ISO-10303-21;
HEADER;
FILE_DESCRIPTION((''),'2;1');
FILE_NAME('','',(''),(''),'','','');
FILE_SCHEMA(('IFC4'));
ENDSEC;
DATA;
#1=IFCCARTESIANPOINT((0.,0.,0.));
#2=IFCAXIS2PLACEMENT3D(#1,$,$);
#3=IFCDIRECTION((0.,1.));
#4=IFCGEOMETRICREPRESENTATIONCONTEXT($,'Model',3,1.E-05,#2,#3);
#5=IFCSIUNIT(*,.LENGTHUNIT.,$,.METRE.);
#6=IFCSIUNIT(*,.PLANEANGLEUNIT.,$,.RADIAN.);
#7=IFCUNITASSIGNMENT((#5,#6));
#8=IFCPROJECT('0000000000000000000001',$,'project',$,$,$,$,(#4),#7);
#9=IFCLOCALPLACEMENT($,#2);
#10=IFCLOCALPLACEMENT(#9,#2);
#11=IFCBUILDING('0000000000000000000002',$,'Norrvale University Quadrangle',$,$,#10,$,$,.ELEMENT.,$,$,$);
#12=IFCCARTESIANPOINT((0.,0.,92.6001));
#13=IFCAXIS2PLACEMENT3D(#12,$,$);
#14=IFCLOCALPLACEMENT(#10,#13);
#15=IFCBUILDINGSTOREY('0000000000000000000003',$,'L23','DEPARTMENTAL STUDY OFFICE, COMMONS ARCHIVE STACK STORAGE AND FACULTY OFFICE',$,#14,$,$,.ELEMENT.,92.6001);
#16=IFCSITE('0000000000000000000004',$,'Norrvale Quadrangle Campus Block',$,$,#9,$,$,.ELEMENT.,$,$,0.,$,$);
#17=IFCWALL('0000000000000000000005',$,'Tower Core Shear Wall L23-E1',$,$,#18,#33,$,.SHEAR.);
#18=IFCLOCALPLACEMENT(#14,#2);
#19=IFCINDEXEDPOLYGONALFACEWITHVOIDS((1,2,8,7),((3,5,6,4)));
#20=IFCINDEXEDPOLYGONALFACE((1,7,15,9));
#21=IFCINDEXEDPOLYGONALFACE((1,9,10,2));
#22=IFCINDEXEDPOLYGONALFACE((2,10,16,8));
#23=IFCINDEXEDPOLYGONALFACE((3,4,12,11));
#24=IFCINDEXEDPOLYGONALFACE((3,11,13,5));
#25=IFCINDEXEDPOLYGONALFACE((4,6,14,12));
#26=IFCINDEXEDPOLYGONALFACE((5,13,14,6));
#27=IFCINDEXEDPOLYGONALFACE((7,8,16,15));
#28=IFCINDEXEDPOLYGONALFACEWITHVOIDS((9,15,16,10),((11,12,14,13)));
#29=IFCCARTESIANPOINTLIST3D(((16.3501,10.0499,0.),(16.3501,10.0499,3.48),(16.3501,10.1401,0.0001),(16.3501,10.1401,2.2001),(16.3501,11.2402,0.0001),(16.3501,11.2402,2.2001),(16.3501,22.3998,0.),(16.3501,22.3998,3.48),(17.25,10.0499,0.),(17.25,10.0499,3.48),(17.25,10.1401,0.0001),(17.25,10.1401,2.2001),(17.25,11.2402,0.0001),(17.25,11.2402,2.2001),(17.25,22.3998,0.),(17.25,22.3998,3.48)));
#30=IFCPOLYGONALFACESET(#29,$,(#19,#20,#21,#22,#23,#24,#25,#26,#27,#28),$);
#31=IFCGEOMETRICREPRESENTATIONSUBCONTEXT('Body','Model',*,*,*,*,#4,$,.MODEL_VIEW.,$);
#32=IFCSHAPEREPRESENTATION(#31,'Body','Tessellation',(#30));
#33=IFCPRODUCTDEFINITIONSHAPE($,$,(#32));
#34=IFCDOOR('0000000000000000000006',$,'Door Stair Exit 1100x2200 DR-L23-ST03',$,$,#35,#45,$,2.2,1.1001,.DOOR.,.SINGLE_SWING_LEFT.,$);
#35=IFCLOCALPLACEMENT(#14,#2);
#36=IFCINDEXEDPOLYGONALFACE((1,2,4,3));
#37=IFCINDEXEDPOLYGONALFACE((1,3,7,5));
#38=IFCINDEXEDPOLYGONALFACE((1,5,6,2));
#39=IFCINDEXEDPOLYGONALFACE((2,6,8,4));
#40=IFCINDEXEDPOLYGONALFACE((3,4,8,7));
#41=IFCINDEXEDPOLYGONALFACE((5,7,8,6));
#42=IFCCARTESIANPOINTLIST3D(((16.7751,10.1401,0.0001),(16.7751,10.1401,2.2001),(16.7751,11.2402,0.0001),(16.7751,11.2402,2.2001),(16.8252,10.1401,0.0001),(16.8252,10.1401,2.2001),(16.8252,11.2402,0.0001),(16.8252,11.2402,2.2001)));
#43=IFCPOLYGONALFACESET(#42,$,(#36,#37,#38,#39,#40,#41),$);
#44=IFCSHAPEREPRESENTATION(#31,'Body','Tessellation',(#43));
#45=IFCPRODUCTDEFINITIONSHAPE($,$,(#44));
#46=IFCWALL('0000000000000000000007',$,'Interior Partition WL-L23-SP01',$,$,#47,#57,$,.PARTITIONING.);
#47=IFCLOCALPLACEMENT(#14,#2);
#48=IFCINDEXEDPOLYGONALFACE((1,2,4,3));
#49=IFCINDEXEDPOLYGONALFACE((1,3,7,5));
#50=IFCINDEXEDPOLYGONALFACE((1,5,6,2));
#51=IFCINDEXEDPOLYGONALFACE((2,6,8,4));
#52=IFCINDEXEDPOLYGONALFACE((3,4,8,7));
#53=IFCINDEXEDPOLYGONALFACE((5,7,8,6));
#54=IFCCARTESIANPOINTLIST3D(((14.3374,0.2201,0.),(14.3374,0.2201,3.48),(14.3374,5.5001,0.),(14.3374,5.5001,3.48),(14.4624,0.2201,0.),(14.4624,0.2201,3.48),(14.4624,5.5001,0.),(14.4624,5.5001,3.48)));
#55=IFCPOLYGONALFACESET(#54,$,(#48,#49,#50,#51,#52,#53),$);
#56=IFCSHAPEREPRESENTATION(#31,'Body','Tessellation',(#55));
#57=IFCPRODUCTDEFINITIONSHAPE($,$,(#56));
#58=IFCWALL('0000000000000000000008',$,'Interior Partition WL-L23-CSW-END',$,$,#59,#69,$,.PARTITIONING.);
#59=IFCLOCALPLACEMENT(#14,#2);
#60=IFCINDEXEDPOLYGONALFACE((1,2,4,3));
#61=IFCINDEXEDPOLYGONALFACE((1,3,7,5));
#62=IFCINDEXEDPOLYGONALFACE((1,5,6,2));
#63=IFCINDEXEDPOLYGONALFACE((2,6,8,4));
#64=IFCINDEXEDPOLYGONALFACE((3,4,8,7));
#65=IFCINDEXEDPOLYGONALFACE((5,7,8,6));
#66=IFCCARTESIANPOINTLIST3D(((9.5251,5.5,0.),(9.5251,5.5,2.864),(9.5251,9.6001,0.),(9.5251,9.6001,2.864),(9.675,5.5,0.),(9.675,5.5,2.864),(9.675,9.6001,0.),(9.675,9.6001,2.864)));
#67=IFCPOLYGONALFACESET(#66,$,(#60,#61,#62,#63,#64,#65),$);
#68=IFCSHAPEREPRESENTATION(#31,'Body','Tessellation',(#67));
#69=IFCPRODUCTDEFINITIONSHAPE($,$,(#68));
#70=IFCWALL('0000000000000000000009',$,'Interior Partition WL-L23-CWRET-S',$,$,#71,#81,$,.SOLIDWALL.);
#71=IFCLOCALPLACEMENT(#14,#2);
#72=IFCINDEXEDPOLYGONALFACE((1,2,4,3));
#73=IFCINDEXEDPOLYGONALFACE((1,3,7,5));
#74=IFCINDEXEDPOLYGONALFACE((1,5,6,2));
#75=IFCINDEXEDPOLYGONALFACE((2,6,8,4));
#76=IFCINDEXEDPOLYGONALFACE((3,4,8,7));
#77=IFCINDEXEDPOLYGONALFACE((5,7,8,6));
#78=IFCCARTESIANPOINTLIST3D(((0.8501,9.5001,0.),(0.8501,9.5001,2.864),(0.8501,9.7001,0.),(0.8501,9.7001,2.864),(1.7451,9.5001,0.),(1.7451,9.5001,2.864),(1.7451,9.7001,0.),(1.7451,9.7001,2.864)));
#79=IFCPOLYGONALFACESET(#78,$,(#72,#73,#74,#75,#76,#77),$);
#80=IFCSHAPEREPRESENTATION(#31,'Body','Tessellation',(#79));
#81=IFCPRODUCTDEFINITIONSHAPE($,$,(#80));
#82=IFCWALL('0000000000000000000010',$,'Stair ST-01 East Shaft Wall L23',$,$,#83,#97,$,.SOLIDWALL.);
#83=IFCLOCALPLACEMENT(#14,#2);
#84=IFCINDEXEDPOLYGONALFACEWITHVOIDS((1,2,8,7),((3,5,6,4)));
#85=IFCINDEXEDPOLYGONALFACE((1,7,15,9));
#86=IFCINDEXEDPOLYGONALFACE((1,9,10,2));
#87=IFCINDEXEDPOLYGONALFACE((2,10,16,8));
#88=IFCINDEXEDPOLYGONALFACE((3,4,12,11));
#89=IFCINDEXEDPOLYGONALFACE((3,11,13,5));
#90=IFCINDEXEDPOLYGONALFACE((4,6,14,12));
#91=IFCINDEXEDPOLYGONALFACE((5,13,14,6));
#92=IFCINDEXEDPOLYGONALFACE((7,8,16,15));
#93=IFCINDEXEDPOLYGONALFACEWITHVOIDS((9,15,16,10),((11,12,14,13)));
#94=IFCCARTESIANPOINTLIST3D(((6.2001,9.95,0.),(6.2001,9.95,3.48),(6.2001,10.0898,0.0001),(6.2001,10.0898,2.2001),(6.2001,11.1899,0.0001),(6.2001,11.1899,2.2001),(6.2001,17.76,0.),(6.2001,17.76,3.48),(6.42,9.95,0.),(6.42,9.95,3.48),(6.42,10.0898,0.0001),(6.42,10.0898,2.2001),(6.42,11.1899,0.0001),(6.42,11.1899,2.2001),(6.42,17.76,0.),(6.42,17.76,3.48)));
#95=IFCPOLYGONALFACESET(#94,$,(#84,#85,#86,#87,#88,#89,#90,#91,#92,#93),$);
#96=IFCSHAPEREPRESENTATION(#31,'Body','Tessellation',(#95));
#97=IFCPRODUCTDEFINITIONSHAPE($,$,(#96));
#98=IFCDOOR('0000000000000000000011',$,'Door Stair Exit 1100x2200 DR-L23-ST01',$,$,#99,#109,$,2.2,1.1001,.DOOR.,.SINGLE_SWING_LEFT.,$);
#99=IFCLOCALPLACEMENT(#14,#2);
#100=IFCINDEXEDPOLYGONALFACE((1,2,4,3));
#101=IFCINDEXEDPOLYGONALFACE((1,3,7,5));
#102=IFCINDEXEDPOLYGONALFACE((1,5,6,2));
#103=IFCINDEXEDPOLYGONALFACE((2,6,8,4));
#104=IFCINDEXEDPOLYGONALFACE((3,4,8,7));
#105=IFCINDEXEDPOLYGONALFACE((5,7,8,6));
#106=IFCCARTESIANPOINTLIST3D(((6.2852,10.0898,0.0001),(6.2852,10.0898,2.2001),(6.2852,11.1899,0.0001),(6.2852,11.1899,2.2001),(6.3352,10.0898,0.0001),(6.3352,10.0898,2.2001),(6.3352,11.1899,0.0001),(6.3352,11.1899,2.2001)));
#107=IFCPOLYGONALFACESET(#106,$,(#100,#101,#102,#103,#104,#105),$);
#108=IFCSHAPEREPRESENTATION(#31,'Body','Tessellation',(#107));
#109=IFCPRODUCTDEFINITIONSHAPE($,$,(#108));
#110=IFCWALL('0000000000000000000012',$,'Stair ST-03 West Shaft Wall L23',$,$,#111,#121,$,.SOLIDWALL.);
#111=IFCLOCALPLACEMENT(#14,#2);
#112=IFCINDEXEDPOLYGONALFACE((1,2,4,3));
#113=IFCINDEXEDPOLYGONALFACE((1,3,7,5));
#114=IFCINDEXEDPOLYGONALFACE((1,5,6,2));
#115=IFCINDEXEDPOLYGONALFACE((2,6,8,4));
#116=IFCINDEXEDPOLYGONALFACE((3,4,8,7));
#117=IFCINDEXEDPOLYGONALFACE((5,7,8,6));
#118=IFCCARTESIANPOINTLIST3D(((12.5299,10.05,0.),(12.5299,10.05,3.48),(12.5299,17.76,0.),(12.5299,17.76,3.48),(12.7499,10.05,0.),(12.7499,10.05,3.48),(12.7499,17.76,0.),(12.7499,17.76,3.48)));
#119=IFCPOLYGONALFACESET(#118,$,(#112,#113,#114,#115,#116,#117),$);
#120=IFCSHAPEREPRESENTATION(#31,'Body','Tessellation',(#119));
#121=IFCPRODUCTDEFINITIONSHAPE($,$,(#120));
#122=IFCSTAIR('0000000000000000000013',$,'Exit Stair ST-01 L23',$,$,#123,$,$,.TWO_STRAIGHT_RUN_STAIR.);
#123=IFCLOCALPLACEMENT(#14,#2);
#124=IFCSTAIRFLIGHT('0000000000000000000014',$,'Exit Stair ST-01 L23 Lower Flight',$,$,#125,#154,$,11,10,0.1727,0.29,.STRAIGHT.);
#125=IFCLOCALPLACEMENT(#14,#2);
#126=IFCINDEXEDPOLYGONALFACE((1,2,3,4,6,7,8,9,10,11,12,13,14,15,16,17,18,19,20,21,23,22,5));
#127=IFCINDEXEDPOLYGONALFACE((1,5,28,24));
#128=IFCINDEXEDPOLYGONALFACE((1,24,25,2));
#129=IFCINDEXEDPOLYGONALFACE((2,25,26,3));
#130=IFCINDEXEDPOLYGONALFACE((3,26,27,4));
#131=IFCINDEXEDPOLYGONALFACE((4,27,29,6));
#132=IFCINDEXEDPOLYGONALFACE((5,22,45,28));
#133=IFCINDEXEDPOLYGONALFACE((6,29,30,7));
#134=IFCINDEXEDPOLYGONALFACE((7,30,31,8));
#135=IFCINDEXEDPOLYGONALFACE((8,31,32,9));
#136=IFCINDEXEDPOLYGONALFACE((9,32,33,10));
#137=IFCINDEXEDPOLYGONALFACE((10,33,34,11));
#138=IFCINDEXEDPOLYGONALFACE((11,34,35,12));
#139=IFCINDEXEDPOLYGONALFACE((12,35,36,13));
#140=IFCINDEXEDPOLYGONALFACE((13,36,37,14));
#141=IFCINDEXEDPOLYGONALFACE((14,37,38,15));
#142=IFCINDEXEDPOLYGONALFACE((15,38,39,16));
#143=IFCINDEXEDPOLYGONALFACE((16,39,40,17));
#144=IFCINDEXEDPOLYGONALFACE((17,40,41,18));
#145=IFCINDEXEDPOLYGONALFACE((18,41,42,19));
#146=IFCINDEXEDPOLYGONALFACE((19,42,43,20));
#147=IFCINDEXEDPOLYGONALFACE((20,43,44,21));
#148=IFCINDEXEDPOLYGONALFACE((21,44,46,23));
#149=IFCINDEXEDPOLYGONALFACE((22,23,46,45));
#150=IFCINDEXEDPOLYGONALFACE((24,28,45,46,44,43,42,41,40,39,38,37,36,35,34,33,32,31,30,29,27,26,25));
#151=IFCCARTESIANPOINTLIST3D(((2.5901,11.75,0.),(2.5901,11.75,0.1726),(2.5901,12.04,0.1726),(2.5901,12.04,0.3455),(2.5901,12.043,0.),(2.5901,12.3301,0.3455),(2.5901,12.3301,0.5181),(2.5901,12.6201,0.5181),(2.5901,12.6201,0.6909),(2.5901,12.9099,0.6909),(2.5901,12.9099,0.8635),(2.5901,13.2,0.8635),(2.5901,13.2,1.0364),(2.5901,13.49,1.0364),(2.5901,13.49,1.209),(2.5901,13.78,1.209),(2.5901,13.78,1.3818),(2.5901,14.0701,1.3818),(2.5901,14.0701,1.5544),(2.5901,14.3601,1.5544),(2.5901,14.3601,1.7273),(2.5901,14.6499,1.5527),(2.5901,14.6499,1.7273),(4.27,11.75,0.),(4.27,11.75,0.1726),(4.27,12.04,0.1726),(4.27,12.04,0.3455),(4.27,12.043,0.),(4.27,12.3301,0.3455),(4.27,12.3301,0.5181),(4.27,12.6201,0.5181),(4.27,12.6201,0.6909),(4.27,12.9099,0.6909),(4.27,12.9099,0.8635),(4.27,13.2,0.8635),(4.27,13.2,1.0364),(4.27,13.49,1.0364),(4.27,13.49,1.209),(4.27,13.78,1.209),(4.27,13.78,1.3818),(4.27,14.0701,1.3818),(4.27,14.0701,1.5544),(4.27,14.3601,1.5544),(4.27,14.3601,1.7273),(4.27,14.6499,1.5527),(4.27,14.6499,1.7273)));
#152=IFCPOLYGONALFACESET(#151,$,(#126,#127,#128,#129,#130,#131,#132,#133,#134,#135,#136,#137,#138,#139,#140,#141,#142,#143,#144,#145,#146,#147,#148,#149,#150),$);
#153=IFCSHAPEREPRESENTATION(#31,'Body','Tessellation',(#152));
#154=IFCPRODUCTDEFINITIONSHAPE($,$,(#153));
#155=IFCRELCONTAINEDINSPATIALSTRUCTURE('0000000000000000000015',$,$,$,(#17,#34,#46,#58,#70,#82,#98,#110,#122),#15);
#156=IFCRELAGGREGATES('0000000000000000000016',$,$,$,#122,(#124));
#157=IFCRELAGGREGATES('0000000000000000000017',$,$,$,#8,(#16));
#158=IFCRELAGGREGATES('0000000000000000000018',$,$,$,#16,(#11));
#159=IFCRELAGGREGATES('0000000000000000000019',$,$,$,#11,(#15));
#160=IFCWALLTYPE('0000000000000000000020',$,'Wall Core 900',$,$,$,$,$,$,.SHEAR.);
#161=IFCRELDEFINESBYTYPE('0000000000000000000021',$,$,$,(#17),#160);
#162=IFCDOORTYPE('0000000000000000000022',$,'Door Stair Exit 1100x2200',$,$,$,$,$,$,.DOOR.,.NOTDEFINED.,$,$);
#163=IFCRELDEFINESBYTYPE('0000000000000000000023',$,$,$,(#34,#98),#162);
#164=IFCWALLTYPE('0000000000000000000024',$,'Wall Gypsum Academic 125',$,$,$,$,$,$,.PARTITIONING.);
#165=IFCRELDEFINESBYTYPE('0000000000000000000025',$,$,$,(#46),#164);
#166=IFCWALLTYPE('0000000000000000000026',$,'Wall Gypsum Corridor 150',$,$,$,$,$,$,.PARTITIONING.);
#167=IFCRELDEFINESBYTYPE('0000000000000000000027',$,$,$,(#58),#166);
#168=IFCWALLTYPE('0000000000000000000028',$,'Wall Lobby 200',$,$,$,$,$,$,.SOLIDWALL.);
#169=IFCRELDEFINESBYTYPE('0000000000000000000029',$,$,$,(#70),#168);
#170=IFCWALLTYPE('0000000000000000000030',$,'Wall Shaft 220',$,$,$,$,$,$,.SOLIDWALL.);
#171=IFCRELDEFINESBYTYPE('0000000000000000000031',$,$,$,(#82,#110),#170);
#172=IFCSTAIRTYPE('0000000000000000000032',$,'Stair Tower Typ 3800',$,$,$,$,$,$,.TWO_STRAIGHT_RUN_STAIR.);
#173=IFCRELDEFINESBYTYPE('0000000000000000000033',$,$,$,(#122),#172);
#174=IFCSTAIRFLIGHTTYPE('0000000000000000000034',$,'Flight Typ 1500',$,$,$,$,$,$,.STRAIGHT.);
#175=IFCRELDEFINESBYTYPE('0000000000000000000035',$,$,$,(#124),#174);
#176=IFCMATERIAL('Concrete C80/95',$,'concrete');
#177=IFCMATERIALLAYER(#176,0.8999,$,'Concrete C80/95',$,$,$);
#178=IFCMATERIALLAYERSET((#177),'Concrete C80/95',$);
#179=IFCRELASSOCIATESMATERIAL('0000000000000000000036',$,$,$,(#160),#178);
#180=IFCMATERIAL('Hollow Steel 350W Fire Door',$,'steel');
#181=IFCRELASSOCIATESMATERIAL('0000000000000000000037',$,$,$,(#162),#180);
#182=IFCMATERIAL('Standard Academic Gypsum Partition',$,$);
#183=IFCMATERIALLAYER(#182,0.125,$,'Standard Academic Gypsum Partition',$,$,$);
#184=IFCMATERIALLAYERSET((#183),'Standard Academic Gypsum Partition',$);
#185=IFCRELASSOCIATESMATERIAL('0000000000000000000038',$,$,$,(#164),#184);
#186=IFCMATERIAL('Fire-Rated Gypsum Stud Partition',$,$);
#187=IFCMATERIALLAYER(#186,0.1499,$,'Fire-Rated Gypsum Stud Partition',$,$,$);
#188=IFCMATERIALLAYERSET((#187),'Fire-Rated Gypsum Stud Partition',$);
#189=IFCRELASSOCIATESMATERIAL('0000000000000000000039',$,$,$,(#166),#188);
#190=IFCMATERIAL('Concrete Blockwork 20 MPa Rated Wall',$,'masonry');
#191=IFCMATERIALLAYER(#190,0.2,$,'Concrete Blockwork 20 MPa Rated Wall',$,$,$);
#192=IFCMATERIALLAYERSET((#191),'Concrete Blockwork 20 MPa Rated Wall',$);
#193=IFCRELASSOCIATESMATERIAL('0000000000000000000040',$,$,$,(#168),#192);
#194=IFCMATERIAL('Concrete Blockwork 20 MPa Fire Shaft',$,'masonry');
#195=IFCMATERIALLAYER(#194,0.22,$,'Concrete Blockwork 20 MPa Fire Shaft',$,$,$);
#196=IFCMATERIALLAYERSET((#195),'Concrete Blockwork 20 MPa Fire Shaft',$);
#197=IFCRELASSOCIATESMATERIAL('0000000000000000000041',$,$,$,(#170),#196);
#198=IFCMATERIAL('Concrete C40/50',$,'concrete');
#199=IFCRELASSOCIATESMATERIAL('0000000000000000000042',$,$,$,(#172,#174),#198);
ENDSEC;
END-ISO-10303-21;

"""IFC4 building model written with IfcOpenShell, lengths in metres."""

from ifc_helpers import new_model, si_unit, direction, frame, frame_2d, origin, place, context, subcontext, project, spatial, polyline, rectangle, outline, extrude, material, layer, layer_set, type_object, element, fill, aggregate, save


model = new_model("IFC4")

# Units and contexts
model_context = context("Model", 3, precision=1e-05, world=origin(), true_north=direction((0.0, 1.0)))
body_context = subcontext(model_context, "Body", "Model", "MODEL_VIEW")
ifc_project = project(units=[si_unit("LENGTHUNIT", "METRE"), si_unit("PLANEANGLEUNIT", "RADIAN")], contexts=[model_context])

# Site, building, storey
site_placement = place(None, origin())
site = spatial("IfcSite", under=ifc_project, at=site_placement, Name="Norrvale Quadrangle Campus Block", CompositionType="ELEMENT", RefElevation=0.0)
building_placement = place(site_placement, origin())
building = spatial("IfcBuilding", under=site, at=building_placement, Name="Norrvale University Quadrangle", CompositionType="ELEMENT")
storey_placement = place(building_placement, frame((0.0, 0.0, 92.6001)))
storey = spatial("IfcBuildingStorey", under=building, at=storey_placement, Name="L23", Description="DEPARTMENTAL STUDY OFFICE, COMMONS ARCHIVE STACK STORAGE AND FACULTY OFFICE", CompositionType="ELEMENT", Elevation=92.6001)

# Shared definitions
ifc_material_1 = material(Name="Concrete C80/95", Category="concrete")

# Shared definitions
ifc_layer_1 = layer(ifc_material_1, 0.8999, Name="Concrete C80/95")
ifc_layer_set_1 = layer_set([ifc_layer_1], Name="Concrete C80/95")
wall_type_1 = type_object("IfcWallType", Name="Wall Core 900", PredefinedType="SHEAR", material=ifc_layer_set_1)

# Wall, opening, door
wall_1_placement = place(storey_placement, frame((16.8, 10.05, 0.0), z_axis=(0.0, 0.0, 1.0), x_axis=(0.0, 1.0, 0.0)))
wall_1 = element("IfcWall", 1, at=wall_1_placement, inside=storey, type_object=wall_type_1, Name="Tower Core Shear Wall L23-E1", PredefinedType="SHEAR", context=body_context, shape_type="SweptSolid", body=[
    extrude(rectangle(XDim=12.3499, YDim=0.8999, at=frame_2d((6.1748, 0.0))), origin(), (0.0, 0.0, 1.0), 3.48),
])
opening_1_placement = place(wall_1_placement, frame((0.0901, 0.0, 0.0)))
opening_1 = element("IfcOpeningElement", 2, at=opening_1_placement, cuts=wall_1, PredefinedType="OPENING", context=body_context, shape_type="SweptSolid", body=[
    extrude(rectangle(XDim=1.1001, YDim=2.2, at=frame_2d((0.55, 1.1001))), frame((0.0, 0.4619, 0.0), z_axis=(0.0, -1.0, 0.0), x_axis=(1.0, 0.0, 0.0)), (0.0, 0.0, 1.0), 0.9238),
])
ifc_material_2 = material(Name="Hollow Steel 350W Fire Door", Category="steel")
door_type = type_object("IfcDoorType", Name="Door Stair Exit 1100x2200", OperationType="NOTDEFINED", PredefinedType="DOOR", material=ifc_material_2)
door_1_placement = place(opening_1_placement, origin())
door_1 = element("IfcDoor", 3, at=door_1_placement, inside=storey, type_object=door_type, Name="Door Stair Exit 1100x2200 DR-L23-ST03", OperationType="SINGLE_SWING_LEFT", OverallHeight=2.2, OverallWidth=1.1001, PredefinedType="DOOR", context=body_context, shape_type="SweptSolid", body=[
    extrude(rectangle(XDim=1.1001, YDim=2.2, at=frame_2d((0.55, 1.1001))), frame((0.0, 0.0249, 0.0), z_axis=(0.0, -1.0, 0.0), x_axis=(1.0, 0.0, 0.0)), (0.0, 0.0, 1.0), 0.05),
])
fill(opening_1, door_1)

# Walls
ifc_material_3 = material(Name="Standard Academic Gypsum Partition")
ifc_layer_2 = layer(ifc_material_3, 0.125, Name="Standard Academic Gypsum Partition")
ifc_layer_set_2 = layer_set([ifc_layer_2], Name="Standard Academic Gypsum Partition")
wall_type_2 = type_object("IfcWallType", Name="Wall Gypsum Academic 125", PredefinedType="PARTITIONING", material=ifc_layer_set_2)
wall_2_placement = place(storey_placement, frame((14.3999, 0.22, 0.0), z_axis=(0.0, 0.0, 1.0), x_axis=(0.0, 1.0, 0.0)))
element("IfcWall", 4, at=wall_2_placement, inside=storey, type_object=wall_type_2, Name="Interior Partition WL-L23-SP01", PredefinedType="PARTITIONING", context=body_context, shape_type="SweptSolid", body=[
    extrude(rectangle(XDim=5.28, YDim=0.125, at=frame_2d((2.6401, 0.0))), origin(), (0.0, 0.0, 1.0), 3.48),
])
ifc_material_4 = material(Name="Fire-Rated Gypsum Stud Partition")
ifc_layer_3 = layer(ifc_material_4, 0.1499, Name="Fire-Rated Gypsum Stud Partition")
ifc_layer_set_3 = layer_set([ifc_layer_3], Name="Fire-Rated Gypsum Stud Partition")
wall_type_3 = type_object("IfcWallType", Name="Wall Gypsum Corridor 150", PredefinedType="PARTITIONING", material=ifc_layer_set_3)
wall_3_placement = place(storey_placement, frame((9.6001, 5.5, 0.0), z_axis=(0.0, 0.0, 1.0), x_axis=(0.0, 1.0, 0.0)))
element("IfcWall", 5, at=wall_3_placement, inside=storey, type_object=wall_type_3, Name="Interior Partition WL-L23-CSW-END", PredefinedType="PARTITIONING", context=body_context, shape_type="SweptSolid", body=[
    extrude(rectangle(XDim=4.1001, YDim=0.1499, at=frame_2d((2.05, 0.0))), origin(), (0.0, 0.0, 1.0), 2.864),
])
ifc_material_5 = material(Name="Concrete Blockwork 20 MPa Rated Wall", Category="masonry")
ifc_layer_4 = layer(ifc_material_5, 0.2, Name="Concrete Blockwork 20 MPa Rated Wall")
ifc_layer_set_4 = layer_set([ifc_layer_4], Name="Concrete Blockwork 20 MPa Rated Wall")
wall_type_4 = type_object("IfcWallType", Name="Wall Lobby 200", PredefinedType="SOLIDWALL", material=ifc_layer_set_4)
wall_4_placement = place(storey_placement, frame((0.8501, 9.6001, 0.0), z_axis=(0.0, 0.0, 1.0), x_axis=(1.0, 0.0, 0.0)))
element("IfcWall", 6, at=wall_4_placement, inside=storey, type_object=wall_type_4, Name="Interior Partition WL-L23-CWRET-S", PredefinedType="SOLIDWALL", context=body_context, shape_type="SweptSolid", body=[
    extrude(rectangle(XDim=0.895, YDim=0.2, at=frame_2d((0.4475, 0.0))), origin(), (0.0, 0.0, 1.0), 2.864),
])

# Wall, opening, door
ifc_material_6 = material(Name="Concrete Blockwork 20 MPa Fire Shaft", Category="masonry")
ifc_layer_5 = layer(ifc_material_6, 0.22, Name="Concrete Blockwork 20 MPa Fire Shaft")
ifc_layer_set_5 = layer_set([ifc_layer_5], Name="Concrete Blockwork 20 MPa Fire Shaft")
wall_type_5 = type_object("IfcWallType", Name="Wall Shaft 220", PredefinedType="SOLIDWALL", material=ifc_layer_set_5)
wall_5_placement = place(storey_placement, frame((6.3101, 9.95, 0.0), z_axis=(0.0, 0.0, 1.0), x_axis=(0.0, 1.0, 0.0)))
wall_5 = element("IfcWall", 7, at=wall_5_placement, inside=storey, type_object=wall_type_5, Name="Stair ST-01 East Shaft Wall L23", PredefinedType="SOLIDWALL", context=body_context, shape_type="SweptSolid", body=[
    extrude(rectangle(XDim=7.8101, YDim=0.22, at=frame_2d((3.905, 0.0))), origin(), (0.0, 0.0, 1.0), 3.48),
])
opening_2_placement = place(wall_5_placement, frame((0.1399, 0.0, 0.0)))
opening_2 = element("IfcOpeningElement", 8, at=opening_2_placement, cuts=wall_5, PredefinedType="OPENING", context=body_context, shape_type="SweptSolid", body=[
    extrude(rectangle(XDim=1.1001, YDim=2.2, at=frame_2d((0.55, 1.1001))), frame((0.0, 0.1221, 0.0), z_axis=(0.0, -1.0, 0.0), x_axis=(1.0, 0.0, 0.0)), (0.0, 0.0, 1.0), 0.2439),
])
door_2_placement = place(opening_2_placement, origin())
door_2 = element("IfcDoor", 9, at=door_2_placement, inside=storey, type_object=door_type, Name="Door Stair Exit 1100x2200 DR-L23-ST01", OperationType="SINGLE_SWING_LEFT", OverallHeight=2.2, OverallWidth=1.1001, PredefinedType="DOOR", context=body_context, shape_type="SweptSolid", body=[
    extrude(rectangle(XDim=1.1001, YDim=2.2, at=frame_2d((0.55, 1.1001))), frame((0.0, 0.0249, 0.0), z_axis=(0.0, -1.0, 0.0), x_axis=(1.0, 0.0, 0.0)), (0.0, 0.0, 1.0), 0.05),
])
fill(opening_2, door_2)

# Wall
wall_6_placement = place(storey_placement, frame((12.6399, 10.05, 0.0), z_axis=(0.0, 0.0, 1.0), x_axis=(0.0, 1.0, 0.0)))
element("IfcWall", 10, at=wall_6_placement, inside=storey, type_object=wall_type_5, Name="Stair ST-03 West Shaft Wall L23", PredefinedType="SOLIDWALL", context=body_context, shape_type="SweptSolid", body=[
    extrude(rectangle(XDim=7.71, YDim=0.22, at=frame_2d((3.855, 0.0))), origin(), (0.0, 0.0, 1.0), 3.48),
])

# Stair, stair flight
ifc_material_7 = material(Name="Concrete C40/50", Category="concrete")
stair_type = type_object("IfcStairType", Name="Stair Tower Typ 3800", PredefinedType="TWO_STRAIGHT_RUN_STAIR", material=ifc_material_7)
stair_placement = place(storey_placement, origin())
stair = element("IfcStair", 11, at=stair_placement, inside=storey, type_object=stair_type, Name="Exit Stair ST-01 L23", PredefinedType="TWO_STRAIGHT_RUN_STAIR")
stair_flight_type = type_object("IfcStairFlightType", Name="Flight Typ 1500", PredefinedType="STRAIGHT", material=ifc_material_7)
stair_flight_placement = place(storey_placement, frame((3.4299, 11.75, 0.0), z_axis=(0.0, 0.0, 1.0), x_axis=(0.0, 1.0, 0.0)))
stair_flight = element("IfcStairFlight", 12, at=stair_flight_placement, type_object=stair_flight_type, Name="Exit Stair ST-01 L23 Lower Flight", NumberOfRisers=11, NumberOfTreads=10, PredefinedType="STRAIGHT", RiserHeight=0.1727, TreadLength=0.29, context=body_context, shape_type="SweptSolid", body=[
    extrude(outline(polyline([(0.0, 0.0), (0.0, 0.1726), (0.29, 0.1726), (0.29, 0.3455), (0.5801, 0.3455), (0.5801, 0.5181), (0.8701, 0.5181), (0.8701, 0.6909), (1.1599, 0.6909), (1.1599, 0.8635), (1.45, 0.8635), (1.45, 1.0364), (1.74, 1.0364), (1.74, 1.209), (2.03, 1.209), (2.03, 1.3818), (2.3201, 1.3818), (2.3201, 1.5544), (2.6101, 1.5544), (2.6101, 1.7273), (2.8999, 1.7273), (2.8999, 1.8999), (2.8999, 1.5527), (0.293, 0.0), (0.0, 0.0)])), frame((0.0, 0.8398, 0.0), z_axis=(0.0, -1.0, 0.0), x_axis=(1.0, 0.0, 0.0)), (0.0, 0.0, 1.0), 1.6799),
])
aggregate(stair, [stair_flight])

save(model, "model.ifc")
